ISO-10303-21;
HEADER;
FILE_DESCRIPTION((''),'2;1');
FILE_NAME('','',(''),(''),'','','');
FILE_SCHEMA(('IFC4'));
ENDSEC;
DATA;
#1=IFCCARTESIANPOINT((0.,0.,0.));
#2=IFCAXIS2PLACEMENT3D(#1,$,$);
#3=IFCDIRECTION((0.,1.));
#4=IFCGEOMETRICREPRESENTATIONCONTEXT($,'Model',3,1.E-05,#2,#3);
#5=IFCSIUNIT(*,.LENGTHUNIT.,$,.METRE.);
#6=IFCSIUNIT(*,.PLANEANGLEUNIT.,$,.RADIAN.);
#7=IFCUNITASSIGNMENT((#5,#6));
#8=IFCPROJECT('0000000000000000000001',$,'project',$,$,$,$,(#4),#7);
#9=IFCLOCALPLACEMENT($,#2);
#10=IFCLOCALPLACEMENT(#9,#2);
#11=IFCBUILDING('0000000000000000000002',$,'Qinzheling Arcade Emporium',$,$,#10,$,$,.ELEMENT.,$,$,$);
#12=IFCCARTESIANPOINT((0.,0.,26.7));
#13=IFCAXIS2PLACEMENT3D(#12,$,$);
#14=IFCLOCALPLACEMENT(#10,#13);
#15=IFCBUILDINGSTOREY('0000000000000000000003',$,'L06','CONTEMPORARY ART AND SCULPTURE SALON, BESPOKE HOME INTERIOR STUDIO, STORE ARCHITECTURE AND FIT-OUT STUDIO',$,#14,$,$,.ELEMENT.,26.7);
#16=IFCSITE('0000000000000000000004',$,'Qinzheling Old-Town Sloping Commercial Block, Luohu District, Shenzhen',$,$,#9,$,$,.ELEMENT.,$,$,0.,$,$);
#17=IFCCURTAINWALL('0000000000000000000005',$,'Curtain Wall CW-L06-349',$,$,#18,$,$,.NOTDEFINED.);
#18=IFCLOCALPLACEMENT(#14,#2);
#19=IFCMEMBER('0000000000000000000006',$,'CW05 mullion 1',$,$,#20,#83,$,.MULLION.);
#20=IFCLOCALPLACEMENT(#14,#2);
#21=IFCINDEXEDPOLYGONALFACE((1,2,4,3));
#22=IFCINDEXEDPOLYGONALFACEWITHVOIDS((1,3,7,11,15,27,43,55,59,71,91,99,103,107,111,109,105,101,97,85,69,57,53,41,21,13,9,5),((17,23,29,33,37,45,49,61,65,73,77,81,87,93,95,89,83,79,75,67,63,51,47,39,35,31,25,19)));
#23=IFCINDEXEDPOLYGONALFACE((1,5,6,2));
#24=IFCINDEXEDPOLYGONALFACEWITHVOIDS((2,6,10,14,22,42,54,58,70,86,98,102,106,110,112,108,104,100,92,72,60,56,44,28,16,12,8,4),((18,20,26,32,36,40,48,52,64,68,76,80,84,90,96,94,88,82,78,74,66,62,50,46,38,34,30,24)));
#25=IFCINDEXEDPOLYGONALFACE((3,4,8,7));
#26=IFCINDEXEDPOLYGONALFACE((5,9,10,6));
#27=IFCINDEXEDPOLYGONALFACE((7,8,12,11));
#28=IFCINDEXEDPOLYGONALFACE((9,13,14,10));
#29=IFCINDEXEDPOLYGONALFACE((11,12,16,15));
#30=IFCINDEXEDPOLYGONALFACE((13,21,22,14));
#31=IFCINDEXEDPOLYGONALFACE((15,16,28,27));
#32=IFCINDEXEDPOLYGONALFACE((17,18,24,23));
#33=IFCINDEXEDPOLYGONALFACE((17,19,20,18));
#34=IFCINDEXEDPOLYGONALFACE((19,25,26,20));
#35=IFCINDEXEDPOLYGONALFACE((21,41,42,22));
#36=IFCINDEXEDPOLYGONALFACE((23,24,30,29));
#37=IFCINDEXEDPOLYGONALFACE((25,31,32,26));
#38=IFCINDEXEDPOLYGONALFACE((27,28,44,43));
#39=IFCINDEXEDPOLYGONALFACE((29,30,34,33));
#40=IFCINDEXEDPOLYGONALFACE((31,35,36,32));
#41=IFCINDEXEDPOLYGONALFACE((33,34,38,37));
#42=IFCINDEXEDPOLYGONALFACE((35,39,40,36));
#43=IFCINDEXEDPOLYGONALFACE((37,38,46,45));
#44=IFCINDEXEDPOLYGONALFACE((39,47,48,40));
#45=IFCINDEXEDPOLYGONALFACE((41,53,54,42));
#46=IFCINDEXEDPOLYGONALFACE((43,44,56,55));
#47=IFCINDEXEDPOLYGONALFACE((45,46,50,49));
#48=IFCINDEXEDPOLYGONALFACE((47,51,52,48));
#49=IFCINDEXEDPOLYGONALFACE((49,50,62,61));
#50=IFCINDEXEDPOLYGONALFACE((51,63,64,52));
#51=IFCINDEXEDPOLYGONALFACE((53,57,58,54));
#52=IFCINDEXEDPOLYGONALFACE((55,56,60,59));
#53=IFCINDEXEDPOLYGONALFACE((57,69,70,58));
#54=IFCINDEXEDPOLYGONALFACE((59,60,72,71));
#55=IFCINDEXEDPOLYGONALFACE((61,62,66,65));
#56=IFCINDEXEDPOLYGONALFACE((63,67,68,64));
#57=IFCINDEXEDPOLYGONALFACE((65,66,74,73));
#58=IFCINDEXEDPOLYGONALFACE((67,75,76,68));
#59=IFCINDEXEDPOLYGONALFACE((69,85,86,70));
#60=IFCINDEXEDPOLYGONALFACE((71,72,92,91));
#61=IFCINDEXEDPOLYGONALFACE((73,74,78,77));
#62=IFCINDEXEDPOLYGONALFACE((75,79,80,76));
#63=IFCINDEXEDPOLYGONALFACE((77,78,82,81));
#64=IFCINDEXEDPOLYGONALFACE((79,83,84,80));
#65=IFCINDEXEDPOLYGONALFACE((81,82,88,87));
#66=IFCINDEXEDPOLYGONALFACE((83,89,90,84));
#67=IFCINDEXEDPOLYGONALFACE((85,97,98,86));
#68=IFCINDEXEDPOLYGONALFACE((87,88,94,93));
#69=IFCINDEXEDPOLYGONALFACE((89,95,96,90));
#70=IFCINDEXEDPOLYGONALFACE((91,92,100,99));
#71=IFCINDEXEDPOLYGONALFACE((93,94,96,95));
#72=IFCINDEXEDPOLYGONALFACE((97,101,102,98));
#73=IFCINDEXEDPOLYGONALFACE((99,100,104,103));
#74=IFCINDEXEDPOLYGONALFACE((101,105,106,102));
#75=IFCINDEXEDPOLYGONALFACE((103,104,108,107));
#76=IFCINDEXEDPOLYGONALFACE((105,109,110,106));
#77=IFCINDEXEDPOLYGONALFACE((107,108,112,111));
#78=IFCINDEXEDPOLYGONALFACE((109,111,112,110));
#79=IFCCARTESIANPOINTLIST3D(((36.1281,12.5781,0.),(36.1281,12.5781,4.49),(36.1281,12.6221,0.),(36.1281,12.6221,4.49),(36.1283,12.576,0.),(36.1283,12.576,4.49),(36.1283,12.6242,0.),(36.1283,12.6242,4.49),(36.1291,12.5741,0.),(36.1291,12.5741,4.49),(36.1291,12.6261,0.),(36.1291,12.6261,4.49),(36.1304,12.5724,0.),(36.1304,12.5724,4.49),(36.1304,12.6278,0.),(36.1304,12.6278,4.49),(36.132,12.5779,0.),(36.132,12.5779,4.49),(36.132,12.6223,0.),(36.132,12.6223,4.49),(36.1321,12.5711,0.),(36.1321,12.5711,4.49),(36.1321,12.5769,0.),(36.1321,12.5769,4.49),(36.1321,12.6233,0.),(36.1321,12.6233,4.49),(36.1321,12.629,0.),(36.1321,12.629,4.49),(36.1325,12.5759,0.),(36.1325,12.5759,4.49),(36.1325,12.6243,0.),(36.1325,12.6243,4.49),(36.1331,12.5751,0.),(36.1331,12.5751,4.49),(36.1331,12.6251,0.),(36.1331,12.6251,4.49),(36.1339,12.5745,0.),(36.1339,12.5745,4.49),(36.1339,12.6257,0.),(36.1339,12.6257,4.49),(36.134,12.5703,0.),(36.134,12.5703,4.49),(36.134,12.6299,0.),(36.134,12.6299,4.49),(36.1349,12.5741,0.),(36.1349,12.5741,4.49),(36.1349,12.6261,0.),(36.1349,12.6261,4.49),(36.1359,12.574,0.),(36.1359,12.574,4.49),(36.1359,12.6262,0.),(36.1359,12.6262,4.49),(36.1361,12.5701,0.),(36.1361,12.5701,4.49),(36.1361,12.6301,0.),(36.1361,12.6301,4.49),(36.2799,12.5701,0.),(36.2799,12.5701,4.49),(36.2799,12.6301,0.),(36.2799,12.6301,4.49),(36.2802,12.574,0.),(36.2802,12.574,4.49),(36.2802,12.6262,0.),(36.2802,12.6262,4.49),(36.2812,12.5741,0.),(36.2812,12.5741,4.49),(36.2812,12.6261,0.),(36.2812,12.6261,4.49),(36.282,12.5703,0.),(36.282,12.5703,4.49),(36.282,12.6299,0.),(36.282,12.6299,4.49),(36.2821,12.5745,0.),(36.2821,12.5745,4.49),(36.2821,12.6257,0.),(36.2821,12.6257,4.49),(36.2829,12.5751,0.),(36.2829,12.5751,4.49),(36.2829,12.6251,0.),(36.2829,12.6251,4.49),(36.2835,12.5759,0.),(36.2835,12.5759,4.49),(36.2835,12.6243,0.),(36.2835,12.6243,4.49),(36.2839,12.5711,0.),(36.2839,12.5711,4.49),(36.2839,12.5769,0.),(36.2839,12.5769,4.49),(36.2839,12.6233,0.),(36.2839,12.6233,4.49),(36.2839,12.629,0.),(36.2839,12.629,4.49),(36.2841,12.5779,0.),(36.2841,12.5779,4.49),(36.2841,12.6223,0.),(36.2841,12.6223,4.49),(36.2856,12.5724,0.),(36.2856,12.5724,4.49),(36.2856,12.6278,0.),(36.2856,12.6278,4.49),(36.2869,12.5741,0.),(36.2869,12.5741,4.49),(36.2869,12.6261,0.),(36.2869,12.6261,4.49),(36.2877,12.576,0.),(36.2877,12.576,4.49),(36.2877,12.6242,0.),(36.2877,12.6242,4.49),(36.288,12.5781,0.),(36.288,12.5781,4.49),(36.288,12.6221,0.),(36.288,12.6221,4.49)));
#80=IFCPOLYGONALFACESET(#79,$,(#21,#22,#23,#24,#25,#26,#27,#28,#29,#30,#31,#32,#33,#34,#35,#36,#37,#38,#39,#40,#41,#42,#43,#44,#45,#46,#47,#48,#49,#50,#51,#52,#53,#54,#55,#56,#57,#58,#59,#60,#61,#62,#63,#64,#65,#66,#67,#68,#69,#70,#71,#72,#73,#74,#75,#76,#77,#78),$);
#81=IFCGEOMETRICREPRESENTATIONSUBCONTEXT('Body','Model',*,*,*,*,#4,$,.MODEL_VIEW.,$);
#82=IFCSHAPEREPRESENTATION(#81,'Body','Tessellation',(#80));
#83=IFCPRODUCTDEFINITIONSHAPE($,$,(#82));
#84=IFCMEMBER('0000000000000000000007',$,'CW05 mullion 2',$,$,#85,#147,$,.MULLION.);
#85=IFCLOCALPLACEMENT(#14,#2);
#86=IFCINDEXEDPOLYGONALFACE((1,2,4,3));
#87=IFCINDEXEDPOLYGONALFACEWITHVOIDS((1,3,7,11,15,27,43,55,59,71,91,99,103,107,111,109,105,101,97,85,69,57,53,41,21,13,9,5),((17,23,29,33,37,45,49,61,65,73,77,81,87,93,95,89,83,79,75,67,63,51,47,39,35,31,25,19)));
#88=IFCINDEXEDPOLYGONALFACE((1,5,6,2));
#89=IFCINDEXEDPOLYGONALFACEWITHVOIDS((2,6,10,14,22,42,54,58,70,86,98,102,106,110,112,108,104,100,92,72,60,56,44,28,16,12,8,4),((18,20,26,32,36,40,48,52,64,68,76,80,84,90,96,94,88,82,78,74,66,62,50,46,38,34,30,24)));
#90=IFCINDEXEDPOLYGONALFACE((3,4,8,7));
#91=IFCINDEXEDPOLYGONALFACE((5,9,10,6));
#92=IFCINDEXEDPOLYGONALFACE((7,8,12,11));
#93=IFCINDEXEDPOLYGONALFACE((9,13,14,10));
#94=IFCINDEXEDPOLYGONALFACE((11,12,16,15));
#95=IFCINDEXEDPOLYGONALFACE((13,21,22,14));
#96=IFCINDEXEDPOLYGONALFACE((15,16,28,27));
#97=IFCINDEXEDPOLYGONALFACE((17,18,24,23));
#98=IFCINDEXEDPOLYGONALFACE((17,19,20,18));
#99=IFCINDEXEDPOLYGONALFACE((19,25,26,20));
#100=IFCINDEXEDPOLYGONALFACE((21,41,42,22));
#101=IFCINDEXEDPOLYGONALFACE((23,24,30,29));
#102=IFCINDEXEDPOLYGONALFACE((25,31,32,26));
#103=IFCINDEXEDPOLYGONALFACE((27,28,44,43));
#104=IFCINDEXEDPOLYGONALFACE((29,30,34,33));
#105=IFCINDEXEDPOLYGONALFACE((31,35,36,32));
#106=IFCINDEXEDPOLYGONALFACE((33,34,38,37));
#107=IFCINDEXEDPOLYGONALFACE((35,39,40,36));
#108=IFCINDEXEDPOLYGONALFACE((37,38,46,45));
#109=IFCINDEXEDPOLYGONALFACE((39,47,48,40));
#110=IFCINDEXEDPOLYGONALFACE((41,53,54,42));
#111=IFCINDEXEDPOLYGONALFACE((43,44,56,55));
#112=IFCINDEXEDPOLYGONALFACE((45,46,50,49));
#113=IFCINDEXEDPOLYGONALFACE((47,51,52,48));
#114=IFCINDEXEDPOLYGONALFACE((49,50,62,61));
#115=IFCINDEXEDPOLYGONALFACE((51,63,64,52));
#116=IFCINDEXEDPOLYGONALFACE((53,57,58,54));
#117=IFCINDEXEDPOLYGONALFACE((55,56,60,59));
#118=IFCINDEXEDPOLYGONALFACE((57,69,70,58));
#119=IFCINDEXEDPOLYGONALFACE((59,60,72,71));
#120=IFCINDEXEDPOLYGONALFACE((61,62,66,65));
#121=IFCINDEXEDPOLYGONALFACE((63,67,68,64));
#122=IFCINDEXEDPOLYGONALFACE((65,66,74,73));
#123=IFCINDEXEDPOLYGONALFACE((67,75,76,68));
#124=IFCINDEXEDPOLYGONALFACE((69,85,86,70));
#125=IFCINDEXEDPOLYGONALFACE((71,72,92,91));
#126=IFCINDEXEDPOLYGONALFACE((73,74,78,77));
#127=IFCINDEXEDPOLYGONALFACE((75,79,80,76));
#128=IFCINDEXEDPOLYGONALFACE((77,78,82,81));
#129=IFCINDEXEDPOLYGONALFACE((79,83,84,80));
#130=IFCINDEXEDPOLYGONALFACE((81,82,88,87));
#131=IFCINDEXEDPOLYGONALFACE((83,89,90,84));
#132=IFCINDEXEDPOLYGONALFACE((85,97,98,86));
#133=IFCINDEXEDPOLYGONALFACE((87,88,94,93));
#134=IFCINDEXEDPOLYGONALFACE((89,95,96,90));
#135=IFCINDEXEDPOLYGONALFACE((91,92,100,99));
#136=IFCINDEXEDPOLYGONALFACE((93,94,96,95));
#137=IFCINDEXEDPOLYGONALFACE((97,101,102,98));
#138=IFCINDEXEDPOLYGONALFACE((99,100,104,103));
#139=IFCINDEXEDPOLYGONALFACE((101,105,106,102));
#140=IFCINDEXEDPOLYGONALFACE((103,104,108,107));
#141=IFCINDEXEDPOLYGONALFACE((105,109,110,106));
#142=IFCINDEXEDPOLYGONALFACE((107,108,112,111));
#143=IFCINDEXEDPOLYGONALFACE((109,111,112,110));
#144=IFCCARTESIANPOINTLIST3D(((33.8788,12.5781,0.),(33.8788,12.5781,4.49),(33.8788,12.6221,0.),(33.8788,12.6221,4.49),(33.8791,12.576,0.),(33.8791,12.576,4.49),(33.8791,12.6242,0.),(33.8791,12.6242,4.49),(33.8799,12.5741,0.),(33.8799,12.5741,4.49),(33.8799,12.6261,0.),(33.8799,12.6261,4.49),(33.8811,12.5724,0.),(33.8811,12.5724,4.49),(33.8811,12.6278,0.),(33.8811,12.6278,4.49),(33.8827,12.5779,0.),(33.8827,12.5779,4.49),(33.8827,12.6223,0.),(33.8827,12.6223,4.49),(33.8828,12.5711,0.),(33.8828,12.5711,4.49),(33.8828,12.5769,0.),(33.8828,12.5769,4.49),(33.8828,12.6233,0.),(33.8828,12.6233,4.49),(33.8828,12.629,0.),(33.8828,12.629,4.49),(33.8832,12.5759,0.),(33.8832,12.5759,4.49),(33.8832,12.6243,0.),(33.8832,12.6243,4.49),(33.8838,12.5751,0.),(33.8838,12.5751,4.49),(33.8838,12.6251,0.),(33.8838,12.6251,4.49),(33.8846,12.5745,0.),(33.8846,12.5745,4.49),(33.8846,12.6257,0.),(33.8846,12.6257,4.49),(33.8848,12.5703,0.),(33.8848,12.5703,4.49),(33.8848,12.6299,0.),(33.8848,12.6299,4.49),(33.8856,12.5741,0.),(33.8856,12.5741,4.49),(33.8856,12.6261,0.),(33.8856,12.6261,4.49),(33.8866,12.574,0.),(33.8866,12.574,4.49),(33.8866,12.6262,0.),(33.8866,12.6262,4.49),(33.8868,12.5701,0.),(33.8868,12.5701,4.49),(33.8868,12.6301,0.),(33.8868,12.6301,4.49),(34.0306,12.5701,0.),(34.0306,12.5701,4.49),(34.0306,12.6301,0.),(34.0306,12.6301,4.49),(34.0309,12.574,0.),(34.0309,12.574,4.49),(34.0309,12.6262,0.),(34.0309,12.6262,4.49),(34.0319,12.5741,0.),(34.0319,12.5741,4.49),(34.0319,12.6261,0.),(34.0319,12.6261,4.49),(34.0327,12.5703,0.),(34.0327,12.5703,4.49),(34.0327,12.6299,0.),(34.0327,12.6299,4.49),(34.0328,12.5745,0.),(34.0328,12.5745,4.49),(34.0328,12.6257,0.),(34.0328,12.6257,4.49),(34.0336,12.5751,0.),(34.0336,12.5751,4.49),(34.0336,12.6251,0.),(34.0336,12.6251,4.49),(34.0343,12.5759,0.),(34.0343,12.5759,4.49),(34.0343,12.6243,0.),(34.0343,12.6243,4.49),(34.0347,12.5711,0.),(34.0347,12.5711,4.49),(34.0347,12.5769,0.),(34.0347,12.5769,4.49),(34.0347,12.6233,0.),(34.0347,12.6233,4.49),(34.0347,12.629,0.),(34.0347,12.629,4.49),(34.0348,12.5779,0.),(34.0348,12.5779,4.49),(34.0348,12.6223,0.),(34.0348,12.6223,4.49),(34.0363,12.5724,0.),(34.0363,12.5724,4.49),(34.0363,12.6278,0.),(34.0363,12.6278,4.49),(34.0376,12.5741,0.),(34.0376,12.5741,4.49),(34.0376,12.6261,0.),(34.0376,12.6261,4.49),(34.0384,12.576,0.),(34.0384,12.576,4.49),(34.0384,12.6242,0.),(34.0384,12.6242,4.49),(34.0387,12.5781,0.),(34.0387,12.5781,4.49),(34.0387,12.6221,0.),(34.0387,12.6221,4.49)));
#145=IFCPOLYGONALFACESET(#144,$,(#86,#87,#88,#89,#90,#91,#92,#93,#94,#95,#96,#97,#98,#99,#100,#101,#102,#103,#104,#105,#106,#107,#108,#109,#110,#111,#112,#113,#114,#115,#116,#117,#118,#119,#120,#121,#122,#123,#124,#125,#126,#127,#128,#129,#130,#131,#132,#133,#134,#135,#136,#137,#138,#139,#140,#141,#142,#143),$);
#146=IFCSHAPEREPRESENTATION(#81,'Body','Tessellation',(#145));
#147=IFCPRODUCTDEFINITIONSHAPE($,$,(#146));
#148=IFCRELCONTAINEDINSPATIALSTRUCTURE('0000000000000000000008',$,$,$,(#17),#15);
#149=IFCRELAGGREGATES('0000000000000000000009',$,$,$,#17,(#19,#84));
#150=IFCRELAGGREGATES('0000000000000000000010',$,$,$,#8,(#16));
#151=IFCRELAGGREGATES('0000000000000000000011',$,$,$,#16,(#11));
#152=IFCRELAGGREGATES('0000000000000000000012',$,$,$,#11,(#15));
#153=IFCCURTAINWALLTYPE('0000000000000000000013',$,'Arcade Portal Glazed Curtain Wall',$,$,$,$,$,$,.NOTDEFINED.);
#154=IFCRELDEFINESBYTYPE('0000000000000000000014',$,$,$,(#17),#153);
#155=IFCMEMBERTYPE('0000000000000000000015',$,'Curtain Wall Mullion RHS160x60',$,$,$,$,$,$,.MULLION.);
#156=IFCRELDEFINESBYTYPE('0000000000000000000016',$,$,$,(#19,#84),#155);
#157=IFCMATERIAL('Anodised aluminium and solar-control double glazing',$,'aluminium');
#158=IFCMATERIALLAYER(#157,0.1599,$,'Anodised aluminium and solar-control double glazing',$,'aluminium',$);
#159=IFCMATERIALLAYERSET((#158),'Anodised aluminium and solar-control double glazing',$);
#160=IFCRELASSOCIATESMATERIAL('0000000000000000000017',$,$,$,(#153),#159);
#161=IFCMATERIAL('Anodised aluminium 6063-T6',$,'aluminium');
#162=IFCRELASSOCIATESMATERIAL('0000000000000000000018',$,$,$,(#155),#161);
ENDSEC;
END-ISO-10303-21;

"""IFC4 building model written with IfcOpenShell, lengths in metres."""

from ifc_helpers import new_model, si_unit, direction, frame, origin, origin_2d, place, context, subcontext, project, spatial, hollow_rectangle, extrude, material, layer, layer_set, material_profile, profile_set, type_object, element, aggregate, save


model = new_model("IFC4")

# Units and contexts
model_context = context("Model", 3, precision=1e-05, world=origin(), true_north=direction((0.0, 1.0)))
body_context = subcontext(model_context, "Body", "Model", "MODEL_VIEW")
ifc_project = project(units=[si_unit("LENGTHUNIT", "METRE"), si_unit("PLANEANGLEUNIT", "RADIAN")], contexts=[model_context])

# Site, building, storey
site_placement = place(None, origin())
site = spatial("IfcSite", under=ifc_project, at=site_placement, Name="Qinzheling Old-Town Sloping Commercial Block, Luohu District, Shenzhen", CompositionType="ELEMENT", RefElevation=0.0)
building_placement = place(site_placement, origin())
building = spatial("IfcBuilding", under=site, at=building_placement, Name="Qinzheling Arcade Emporium", CompositionType="ELEMENT")
storey_placement = place(building_placement, frame((0.0, 0.0, 26.7)))
storey = spatial("IfcBuildingStorey", under=building, at=storey_placement, Name="L06", Description="CONTEMPORARY ART AND SCULPTURE SALON, BESPOKE HOME INTERIOR STUDIO, STORE ARCHITECTURE AND FIT-OUT STUDIO", CompositionType="ELEMENT", Elevation=26.7)

# Curtain wall, members
ifc_material_1 = material(Name="Anodised aluminium and solar-control double glazing", Category="aluminium")
ifc_layer_1 = layer(ifc_material_1, 0.1599, Name="Anodised aluminium and solar-control double glazing", Category="aluminium")
ifc_layer_set_1 = layer_set([ifc_layer_1], Name="Anodised aluminium and solar-control double glazing")
curtain_wall_type = type_object("IfcCurtainWallType", Name="Arcade Portal Glazed Curtain Wall", PredefinedType="NOTDEFINED", material=ifc_layer_set_1)
ifc_material_2 = material(Name="Anodised aluminium 6063-T6", Category="aluminium")
ifc_material_profile_1 = material_profile(ifc_material_2, hollow_rectangle(XDim=0.0601, YDim=0.1599, WallThickness=0.0039, InnerFilletRadius=0.0039, OuterFilletRadius=0.0081, at=origin_2d()), Name="RHS 160x60x4", Category="aluminium")
ifc_profile_set_1 = profile_set([ifc_material_profile_1], Name="Anodised aluminium 6063-T6")
member_type_1 = type_object("IfcMemberType", Name="Curtain Wall Mullion RHS160x60", PredefinedType="MULLION", material=ifc_profile_set_1)
curtain_wall_1_placement = place(storey_placement, origin())
curtain_wall_1 = element("IfcCurtainWall", 1, at=curtain_wall_1_placement, inside=storey, type_object=curtain_wall_type, Name="Curtain Wall CW-L06-349", PredefinedType="NOTDEFINED")
member_1_placement = place(storey_placement, frame((36.208, 12.6001, 0.0), z_axis=(0.0, 0.0, 1.0), x_axis=(0.0, -1.0, 0.0)))
member_1 = element("IfcMember", 2, at=member_1_placement, type_object=member_type_1, Name="CW05 mullion 1", PredefinedType="MULLION", context=body_context, shape_type="SweptSolid", body=[
    extrude(hollow_rectangle(XDim=0.0601, YDim=0.1599, WallThickness=0.0039, InnerFilletRadius=0.0039, OuterFilletRadius=0.0081, at=origin_2d()), origin(), (0.0, 0.0, 1.0), 4.49),
])
member_2_placement = place(storey_placement, frame((33.9587, 12.6001, 0.0), z_axis=(0.0, 0.0, 1.0), x_axis=(0.0, -1.0, 0.0)))
member_2 = element("IfcMember", 3, at=member_2_placement, type_object=member_type_1, Name="CW05 mullion 2", PredefinedType="MULLION", context=body_context, shape_type="SweptSolid", body=[
    extrude(hollow_rectangle(XDim=0.0601, YDim=0.1599, WallThickness=0.0039, InnerFilletRadius=0.0039, OuterFilletRadius=0.0081, at=origin_2d()), origin(), (0.0, 0.0, 1.0), 4.49),
])

aggregate(curtain_wall_1, [member_1, member_2])

save(model, "model.ifc")
